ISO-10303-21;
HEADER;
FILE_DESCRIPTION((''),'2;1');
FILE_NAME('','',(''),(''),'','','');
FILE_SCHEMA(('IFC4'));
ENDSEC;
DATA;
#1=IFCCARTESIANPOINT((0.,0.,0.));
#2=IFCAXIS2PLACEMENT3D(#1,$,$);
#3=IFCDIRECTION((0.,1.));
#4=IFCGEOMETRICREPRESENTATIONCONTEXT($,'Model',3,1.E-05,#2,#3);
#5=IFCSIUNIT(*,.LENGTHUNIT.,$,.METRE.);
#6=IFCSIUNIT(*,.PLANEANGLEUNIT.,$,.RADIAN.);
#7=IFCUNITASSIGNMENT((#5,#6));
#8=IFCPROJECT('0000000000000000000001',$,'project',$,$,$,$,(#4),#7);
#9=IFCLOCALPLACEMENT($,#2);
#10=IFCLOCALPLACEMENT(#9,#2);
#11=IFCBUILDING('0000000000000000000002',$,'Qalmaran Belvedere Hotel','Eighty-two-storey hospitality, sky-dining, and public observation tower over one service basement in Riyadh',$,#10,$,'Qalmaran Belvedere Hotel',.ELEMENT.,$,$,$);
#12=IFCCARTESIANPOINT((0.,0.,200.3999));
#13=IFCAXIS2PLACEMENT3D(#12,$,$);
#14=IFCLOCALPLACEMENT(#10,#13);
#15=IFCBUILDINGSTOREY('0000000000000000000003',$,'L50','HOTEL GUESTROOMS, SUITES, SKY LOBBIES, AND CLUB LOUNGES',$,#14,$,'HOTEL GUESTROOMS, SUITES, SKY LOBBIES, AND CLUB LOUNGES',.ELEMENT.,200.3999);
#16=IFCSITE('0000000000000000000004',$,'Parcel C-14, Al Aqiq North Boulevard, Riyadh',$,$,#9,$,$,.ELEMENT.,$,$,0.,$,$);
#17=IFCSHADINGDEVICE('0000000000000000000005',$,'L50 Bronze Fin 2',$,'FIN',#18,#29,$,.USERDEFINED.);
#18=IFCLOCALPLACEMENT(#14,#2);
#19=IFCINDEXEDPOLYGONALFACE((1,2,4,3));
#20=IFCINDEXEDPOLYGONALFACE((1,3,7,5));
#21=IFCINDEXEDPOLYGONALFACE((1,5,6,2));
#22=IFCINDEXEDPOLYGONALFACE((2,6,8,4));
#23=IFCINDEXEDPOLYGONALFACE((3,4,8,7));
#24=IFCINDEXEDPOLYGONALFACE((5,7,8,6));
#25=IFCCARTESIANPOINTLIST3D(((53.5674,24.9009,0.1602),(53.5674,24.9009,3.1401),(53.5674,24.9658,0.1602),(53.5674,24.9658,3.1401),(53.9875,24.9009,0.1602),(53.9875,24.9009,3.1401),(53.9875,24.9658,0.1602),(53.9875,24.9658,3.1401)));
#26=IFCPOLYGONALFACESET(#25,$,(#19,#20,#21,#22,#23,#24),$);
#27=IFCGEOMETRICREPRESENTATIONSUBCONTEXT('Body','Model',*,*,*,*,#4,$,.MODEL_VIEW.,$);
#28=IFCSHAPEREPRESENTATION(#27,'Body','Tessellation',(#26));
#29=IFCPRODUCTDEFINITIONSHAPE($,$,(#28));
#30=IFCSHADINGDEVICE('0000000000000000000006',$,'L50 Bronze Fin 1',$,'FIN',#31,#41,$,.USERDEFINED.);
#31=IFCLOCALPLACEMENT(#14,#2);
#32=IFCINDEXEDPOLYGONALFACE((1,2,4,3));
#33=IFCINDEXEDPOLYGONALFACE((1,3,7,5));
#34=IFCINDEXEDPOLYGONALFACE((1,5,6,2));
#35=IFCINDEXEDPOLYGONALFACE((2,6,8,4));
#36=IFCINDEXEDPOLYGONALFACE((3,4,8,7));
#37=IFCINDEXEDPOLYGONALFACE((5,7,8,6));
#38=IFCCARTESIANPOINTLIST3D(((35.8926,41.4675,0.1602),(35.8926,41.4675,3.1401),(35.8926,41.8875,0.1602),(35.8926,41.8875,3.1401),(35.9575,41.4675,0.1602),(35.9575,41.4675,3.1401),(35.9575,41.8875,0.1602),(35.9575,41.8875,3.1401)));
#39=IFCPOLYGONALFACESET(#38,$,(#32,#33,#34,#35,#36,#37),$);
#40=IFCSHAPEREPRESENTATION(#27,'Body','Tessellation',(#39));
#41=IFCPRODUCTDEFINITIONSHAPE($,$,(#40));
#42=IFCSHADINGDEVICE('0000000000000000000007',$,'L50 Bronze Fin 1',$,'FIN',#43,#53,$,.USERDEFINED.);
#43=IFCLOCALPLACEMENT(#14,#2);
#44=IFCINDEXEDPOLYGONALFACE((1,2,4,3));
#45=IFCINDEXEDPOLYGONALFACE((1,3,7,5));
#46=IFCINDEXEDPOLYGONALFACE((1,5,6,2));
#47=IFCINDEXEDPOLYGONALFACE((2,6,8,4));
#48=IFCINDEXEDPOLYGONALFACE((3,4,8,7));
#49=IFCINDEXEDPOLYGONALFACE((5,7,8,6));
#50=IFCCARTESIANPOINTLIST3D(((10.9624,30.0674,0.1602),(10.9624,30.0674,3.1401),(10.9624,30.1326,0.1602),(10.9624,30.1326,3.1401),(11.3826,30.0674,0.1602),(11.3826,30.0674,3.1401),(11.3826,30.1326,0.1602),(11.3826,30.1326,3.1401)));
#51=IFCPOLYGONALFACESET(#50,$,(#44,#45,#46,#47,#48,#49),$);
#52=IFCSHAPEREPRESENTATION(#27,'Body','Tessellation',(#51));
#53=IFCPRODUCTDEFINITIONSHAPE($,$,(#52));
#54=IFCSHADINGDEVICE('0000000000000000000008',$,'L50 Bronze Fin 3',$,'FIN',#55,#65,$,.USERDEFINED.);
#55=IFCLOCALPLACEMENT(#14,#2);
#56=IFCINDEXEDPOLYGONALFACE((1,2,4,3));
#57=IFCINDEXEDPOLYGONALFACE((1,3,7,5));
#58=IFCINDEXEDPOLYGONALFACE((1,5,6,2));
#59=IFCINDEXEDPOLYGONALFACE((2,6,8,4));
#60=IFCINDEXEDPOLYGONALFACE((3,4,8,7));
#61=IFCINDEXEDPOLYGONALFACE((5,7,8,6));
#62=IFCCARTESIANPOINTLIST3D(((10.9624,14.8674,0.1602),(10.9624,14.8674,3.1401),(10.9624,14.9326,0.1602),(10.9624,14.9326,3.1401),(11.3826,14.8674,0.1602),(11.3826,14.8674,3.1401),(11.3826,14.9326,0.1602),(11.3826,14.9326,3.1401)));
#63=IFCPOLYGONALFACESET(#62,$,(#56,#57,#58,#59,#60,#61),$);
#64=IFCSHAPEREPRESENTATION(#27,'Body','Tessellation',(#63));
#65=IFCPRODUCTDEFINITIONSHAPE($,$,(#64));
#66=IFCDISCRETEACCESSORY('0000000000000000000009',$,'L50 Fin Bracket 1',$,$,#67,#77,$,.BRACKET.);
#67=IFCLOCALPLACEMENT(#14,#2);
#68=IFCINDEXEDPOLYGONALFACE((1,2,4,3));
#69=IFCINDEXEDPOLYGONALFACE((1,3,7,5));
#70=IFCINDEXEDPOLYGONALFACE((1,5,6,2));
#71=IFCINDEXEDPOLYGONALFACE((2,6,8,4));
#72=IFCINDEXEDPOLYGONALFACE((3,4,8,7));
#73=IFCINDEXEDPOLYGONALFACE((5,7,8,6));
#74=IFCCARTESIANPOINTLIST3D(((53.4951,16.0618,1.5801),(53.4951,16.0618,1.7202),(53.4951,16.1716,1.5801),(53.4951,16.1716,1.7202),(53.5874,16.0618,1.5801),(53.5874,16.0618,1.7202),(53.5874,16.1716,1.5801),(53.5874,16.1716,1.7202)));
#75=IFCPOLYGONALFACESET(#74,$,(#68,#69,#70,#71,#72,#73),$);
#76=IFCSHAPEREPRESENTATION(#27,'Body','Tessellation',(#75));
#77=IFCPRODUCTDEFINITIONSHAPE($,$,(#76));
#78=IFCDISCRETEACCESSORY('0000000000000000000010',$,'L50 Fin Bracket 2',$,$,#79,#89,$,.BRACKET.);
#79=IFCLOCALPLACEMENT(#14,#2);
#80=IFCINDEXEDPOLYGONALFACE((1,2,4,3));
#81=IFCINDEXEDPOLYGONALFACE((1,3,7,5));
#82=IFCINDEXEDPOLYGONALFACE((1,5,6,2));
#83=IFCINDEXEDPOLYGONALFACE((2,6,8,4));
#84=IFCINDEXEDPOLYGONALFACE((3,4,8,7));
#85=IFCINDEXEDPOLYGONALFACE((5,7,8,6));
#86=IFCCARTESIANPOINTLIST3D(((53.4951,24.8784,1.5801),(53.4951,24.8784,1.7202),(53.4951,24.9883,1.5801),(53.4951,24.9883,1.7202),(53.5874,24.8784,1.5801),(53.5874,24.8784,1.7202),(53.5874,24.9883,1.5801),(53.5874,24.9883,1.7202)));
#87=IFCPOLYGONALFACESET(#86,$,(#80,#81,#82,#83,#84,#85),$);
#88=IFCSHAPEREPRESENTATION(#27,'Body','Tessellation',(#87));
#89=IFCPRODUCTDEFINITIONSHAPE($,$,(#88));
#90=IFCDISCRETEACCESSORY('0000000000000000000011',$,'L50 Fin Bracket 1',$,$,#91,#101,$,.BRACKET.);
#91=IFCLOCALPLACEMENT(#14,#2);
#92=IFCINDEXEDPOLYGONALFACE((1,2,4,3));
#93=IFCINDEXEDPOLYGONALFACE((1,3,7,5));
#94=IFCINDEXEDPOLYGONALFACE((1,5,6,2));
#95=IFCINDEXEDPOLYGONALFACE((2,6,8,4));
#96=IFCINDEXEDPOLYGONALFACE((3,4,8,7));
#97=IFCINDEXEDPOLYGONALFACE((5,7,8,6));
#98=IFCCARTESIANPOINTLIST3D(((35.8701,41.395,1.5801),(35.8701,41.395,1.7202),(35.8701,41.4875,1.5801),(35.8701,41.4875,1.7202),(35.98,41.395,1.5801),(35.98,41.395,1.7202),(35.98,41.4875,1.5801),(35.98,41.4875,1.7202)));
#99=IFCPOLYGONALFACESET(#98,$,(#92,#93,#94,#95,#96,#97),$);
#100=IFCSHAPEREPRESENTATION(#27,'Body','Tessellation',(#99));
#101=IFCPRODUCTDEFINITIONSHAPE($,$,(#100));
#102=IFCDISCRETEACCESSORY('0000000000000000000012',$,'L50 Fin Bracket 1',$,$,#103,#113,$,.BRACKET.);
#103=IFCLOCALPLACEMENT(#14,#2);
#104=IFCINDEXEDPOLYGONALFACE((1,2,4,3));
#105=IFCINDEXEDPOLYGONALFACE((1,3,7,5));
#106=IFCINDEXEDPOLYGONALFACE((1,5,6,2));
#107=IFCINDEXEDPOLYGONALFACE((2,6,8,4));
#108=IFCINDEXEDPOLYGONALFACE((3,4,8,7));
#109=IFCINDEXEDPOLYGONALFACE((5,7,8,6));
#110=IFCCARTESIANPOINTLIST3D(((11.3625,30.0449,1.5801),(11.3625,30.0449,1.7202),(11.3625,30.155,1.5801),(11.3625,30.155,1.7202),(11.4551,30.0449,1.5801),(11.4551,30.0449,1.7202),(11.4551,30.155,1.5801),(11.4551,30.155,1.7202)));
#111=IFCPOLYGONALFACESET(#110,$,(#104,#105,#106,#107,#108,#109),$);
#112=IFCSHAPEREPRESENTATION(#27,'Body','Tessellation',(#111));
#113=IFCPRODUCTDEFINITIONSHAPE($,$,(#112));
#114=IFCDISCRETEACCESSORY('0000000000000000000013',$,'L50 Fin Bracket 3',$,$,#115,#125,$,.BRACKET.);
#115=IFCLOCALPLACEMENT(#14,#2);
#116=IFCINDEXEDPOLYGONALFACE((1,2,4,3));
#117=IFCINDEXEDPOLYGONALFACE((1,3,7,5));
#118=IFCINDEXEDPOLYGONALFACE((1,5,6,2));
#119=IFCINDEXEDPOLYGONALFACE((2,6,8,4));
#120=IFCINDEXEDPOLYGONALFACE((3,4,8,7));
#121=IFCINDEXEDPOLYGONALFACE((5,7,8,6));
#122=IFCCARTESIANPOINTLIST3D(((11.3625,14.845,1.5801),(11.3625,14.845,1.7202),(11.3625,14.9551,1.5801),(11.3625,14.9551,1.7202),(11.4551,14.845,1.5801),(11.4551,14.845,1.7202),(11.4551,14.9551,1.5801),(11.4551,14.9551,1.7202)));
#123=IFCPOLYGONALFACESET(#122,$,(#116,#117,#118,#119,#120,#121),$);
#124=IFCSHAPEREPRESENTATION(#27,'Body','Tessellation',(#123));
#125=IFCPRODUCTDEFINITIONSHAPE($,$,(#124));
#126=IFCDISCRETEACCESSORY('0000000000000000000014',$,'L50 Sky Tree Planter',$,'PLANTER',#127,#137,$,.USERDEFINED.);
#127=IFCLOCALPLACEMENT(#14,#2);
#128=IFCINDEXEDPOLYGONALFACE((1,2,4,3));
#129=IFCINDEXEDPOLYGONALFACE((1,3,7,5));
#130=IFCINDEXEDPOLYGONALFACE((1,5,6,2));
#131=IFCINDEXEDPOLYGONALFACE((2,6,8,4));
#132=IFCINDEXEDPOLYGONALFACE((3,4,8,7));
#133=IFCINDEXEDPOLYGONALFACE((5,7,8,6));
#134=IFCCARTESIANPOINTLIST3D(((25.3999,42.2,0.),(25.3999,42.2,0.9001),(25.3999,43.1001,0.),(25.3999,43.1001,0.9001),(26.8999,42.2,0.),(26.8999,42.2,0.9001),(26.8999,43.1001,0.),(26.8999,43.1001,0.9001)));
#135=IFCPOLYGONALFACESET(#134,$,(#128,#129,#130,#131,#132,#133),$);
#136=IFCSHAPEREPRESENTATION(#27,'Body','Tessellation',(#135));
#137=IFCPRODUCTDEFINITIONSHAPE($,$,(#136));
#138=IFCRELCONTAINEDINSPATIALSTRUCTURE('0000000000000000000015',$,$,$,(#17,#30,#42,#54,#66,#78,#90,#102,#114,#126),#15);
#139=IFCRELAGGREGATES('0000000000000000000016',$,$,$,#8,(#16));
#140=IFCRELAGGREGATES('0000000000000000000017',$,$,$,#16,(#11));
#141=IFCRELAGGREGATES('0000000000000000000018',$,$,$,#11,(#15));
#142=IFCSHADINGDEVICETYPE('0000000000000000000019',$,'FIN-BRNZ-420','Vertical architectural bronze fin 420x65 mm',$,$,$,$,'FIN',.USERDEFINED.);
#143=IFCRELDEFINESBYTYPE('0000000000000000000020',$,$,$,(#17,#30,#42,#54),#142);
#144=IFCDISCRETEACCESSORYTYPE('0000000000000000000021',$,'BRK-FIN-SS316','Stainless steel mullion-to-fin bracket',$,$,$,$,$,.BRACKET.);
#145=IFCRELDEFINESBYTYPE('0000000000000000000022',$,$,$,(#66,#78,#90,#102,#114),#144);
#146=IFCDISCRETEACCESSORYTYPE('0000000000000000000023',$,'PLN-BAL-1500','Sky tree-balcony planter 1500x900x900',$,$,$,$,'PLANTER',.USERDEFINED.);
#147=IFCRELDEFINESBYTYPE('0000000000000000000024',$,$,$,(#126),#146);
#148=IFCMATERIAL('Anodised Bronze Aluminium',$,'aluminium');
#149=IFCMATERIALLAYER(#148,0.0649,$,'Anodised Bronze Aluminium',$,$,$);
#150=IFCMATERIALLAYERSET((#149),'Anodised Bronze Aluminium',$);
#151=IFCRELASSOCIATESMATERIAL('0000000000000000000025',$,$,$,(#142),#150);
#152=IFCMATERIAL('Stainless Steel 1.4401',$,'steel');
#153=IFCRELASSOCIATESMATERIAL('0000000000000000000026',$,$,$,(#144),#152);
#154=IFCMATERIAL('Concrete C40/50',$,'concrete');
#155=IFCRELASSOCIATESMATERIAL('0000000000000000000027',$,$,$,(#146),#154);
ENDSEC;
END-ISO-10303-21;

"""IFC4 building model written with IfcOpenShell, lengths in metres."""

from ifc_helpers import new_model, si_unit, direction, frame, origin, place, context, subcontext, project, spatial, polyline, outline, extrude, material, layer, layer_set, type_object, element, save


model = new_model("IFC4")

# Units and contexts
model_context = context("Model", 3, precision=1e-05, world=origin(), true_north=direction((0.0, 1.0)))
body_context = subcontext(model_context, "Body", "Model", "MODEL_VIEW")
ifc_project = project(units=[si_unit("LENGTHUNIT", "METRE"), si_unit("PLANEANGLEUNIT", "RADIAN")], contexts=[model_context])

# Site, building, storey
site_placement = place(None, origin())
site = spatial("IfcSite", under=ifc_project, at=site_placement, Name="Parcel C-14, Al Aqiq North Boulevard, Riyadh", CompositionType="ELEMENT", RefElevation=0.0)
building_placement = place(site_placement, origin())
building = spatial("IfcBuilding", under=site, at=building_placement, Name="Qalmaran Belvedere Hotel", Description="Eighty-two-storey hospitality, sky-dining, and public observation tower over one service basement in Riyadh", LongName="Qalmaran Belvedere Hotel", CompositionType="ELEMENT")
storey_placement = place(building_placement, frame((0.0, 0.0, 200.3999)))
storey = spatial("IfcBuildingStorey", under=building, at=storey_placement, Name="L50", Description="HOTEL GUESTROOMS, SUITES, SKY LOBBIES, AND CLUB LOUNGES", LongName="HOTEL GUESTROOMS, SUITES, SKY LOBBIES, AND CLUB LOUNGES", CompositionType="ELEMENT", Elevation=200.3999)

# Shared definitions
ifc_material_1 = material(Name="Anodised Bronze Aluminium", Category="aluminium")

# Shared definitions
ifc_material_2 = material(Name="Concrete C40/50", Category="concrete")

# Shading devices
ifc_layer_1 = layer(ifc_material_1, 0.0649, Name="Anodised Bronze Aluminium")
ifc_layer_set_1 = layer_set([ifc_layer_1], Name="Anodised Bronze Aluminium")
shading_device_type = type_object("IfcShadingDeviceType", Name="FIN-BRNZ-420", Description="Vertical architectural bronze fin 420x65 mm", ElementType="FIN", PredefinedType="USERDEFINED", material=ifc_layer_set_1)
shading_device_1_placement = place(storey_placement, frame((0.0, 0.0, 0.1602)))
element("IfcShadingDevice", 1, at=shading_device_1_placement, inside=storey, type_object=shading_device_type, Name="L50 Bronze Fin 2", ObjectType="FIN", PredefinedType="USERDEFINED", context=body_context, shape_type="SweptSolid", body=[
    extrude(outline(polyline([(53.5674, 24.9009), (53.9875, 24.9009), (53.9875, 24.9658), (53.5674, 24.9658), (53.5674, 24.9009)])), origin(), (0.0, 0.0, 1.0), 2.98),
])
shading_device_2_placement = place(storey_placement, frame((0.0, 0.0, 0.1602)))
element("IfcShadingDevice", 2, at=shading_device_2_placement, inside=storey, type_object=shading_device_type, Name="L50 Bronze Fin 1", ObjectType="FIN", PredefinedType="USERDEFINED", context=body_context, shape_type="SweptSolid", body=[
    extrude(outline(polyline([(35.9575, 41.4675), (35.9575, 41.8875), (35.8926, 41.8875), (35.8926, 41.4675), (35.9575, 41.4675)])), origin(), (0.0, 0.0, 1.0), 2.98),
])
shading_device_3_placement = place(storey_placement, frame((0.0, 0.0, 0.1602)))
element("IfcShadingDevice", 3, at=shading_device_3_placement, inside=storey, type_object=shading_device_type, Name="L50 Bronze Fin 1", ObjectType="FIN", PredefinedType="USERDEFINED", context=body_context, shape_type="SweptSolid", body=[
    extrude(outline(polyline([(11.3826, 30.1326), (10.9624, 30.1326), (10.9624, 30.0674), (11.3826, 30.0674), (11.3826, 30.1326)])), origin(), (0.0, 0.0, 1.0), 2.98),
])
shading_device_4_placement = place(storey_placement, frame((0.0, 0.0, 0.1602)))
element("IfcShadingDevice", 4, at=shading_device_4_placement, inside=storey, type_object=shading_device_type, Name="L50 Bronze Fin 3", ObjectType="FIN", PredefinedType="USERDEFINED", context=body_context, shape_type="SweptSolid", body=[
    extrude(outline(polyline([(11.3826, 14.9326), (10.9624, 14.9326), (10.9624, 14.8674), (11.3826, 14.8674), (11.3826, 14.9326)])), origin(), (0.0, 0.0, 1.0), 2.98),
])

# Discrete accessories
ifc_material_3 = material(Name="Stainless Steel 1.4401", Category="steel")
discrete_accessory_type_1 = type_object("IfcDiscreteAccessoryType", Name="BRK-FIN-SS316", Description="Stainless steel mullion-to-fin bracket", PredefinedType="BRACKET", material=ifc_material_3)
discrete_accessory_1_placement = place(storey_placement, frame((0.0, 0.0, 1.5801)))
element("IfcDiscreteAccessory", 5, at=discrete_accessory_1_placement, inside=storey, type_object=discrete_accessory_type_1, Name="L50 Fin Bracket 1", PredefinedType="BRACKET", context=body_context, shape_type="SweptSolid", body=[
    extrude(outline(polyline([(53.4951, 16.0618), (53.5874, 16.0618), (53.5874, 16.1716), (53.4951, 16.1716), (53.4951, 16.0618)])), origin(), (0.0, 0.0, 1.0), 0.1401),
])
discrete_accessory_2_placement = place(storey_placement, frame((0.0, 0.0, 1.5801)))
element("IfcDiscreteAccessory", 6, at=discrete_accessory_2_placement, inside=storey, type_object=discrete_accessory_type_1, Name="L50 Fin Bracket 2", PredefinedType="BRACKET", context=body_context, shape_type="SweptSolid", body=[
    extrude(outline(polyline([(53.4951, 24.8784), (53.5874, 24.8784), (53.5874, 24.9883), (53.4951, 24.9883), (53.4951, 24.8784)])), origin(), (0.0, 0.0, 1.0), 0.1401),
])
discrete_accessory_3_placement = place(storey_placement, frame((0.0, 0.0, 1.5801)))
element("IfcDiscreteAccessory", 7, at=discrete_accessory_3_placement, inside=storey, type_object=discrete_accessory_type_1, Name="L50 Fin Bracket 1", PredefinedType="BRACKET", context=body_context, shape_type="SweptSolid", body=[
    extrude(outline(polyline([(35.98, 41.395), (35.98, 41.4875), (35.8701, 41.4875), (35.8701, 41.395), (35.98, 41.395)])), origin(), (0.0, 0.0, 1.0), 0.1401),
])
discrete_accessory_4_placement = place(storey_placement, frame((0.0, 0.0, 1.5801)))
element("IfcDiscreteAccessory", 8, at=discrete_accessory_4_placement, inside=storey, type_object=discrete_accessory_type_1, Name="L50 Fin Bracket 1", PredefinedType="BRACKET", context=body_context, shape_type="SweptSolid", body=[
    extrude(outline(polyline([(11.4551, 30.155), (11.3625, 30.155), (11.3625, 30.0449), (11.4551, 30.0449), (11.4551, 30.155)])), origin(), (0.0, 0.0, 1.0), 0.1401),
])
discrete_accessory_5_placement = place(storey_placement, frame((0.0, 0.0, 1.5801)))
element("IfcDiscreteAccessory", 9, at=discrete_accessory_5_placement, inside=storey, type_object=discrete_accessory_type_1, Name="L50 Fin Bracket 3", PredefinedType="BRACKET", context=body_context, shape_type="SweptSolid", body=[
    extrude(outline(polyline([(11.4551, 14.9551), (11.3625, 14.9551), (11.3625, 14.845), (11.4551, 14.845), (11.4551, 14.9551)])), origin(), (0.0, 0.0, 1.0), 0.1401),
])
discrete_accessory_type_2 = type_object("IfcDiscreteAccessoryType", Name="PLN-BAL-1500", Description="Sky tree-balcony planter 1500x900x900", ElementType="PLANTER", PredefinedType="USERDEFINED", material=ifc_material_2)
discrete_accessory_6_placement = place(storey_placement, origin())
element("IfcDiscreteAccessory", 10, at=discrete_accessory_6_placement, inside=storey, type_object=discrete_accessory_type_2, Name="L50 Sky Tree Planter", ObjectType="PLANTER", PredefinedType="USERDEFINED", context=body_context, shape_type="SweptSolid", body=[
    extrude(outline(polyline([(25.3999, 42.2), (26.8999, 42.2), (26.8999, 43.1001), (25.3999, 43.1001), (25.3999, 42.2)])), origin(), (0.0, 0.0, 1.0), 0.9001),
])

save(model, "model.ifc")
